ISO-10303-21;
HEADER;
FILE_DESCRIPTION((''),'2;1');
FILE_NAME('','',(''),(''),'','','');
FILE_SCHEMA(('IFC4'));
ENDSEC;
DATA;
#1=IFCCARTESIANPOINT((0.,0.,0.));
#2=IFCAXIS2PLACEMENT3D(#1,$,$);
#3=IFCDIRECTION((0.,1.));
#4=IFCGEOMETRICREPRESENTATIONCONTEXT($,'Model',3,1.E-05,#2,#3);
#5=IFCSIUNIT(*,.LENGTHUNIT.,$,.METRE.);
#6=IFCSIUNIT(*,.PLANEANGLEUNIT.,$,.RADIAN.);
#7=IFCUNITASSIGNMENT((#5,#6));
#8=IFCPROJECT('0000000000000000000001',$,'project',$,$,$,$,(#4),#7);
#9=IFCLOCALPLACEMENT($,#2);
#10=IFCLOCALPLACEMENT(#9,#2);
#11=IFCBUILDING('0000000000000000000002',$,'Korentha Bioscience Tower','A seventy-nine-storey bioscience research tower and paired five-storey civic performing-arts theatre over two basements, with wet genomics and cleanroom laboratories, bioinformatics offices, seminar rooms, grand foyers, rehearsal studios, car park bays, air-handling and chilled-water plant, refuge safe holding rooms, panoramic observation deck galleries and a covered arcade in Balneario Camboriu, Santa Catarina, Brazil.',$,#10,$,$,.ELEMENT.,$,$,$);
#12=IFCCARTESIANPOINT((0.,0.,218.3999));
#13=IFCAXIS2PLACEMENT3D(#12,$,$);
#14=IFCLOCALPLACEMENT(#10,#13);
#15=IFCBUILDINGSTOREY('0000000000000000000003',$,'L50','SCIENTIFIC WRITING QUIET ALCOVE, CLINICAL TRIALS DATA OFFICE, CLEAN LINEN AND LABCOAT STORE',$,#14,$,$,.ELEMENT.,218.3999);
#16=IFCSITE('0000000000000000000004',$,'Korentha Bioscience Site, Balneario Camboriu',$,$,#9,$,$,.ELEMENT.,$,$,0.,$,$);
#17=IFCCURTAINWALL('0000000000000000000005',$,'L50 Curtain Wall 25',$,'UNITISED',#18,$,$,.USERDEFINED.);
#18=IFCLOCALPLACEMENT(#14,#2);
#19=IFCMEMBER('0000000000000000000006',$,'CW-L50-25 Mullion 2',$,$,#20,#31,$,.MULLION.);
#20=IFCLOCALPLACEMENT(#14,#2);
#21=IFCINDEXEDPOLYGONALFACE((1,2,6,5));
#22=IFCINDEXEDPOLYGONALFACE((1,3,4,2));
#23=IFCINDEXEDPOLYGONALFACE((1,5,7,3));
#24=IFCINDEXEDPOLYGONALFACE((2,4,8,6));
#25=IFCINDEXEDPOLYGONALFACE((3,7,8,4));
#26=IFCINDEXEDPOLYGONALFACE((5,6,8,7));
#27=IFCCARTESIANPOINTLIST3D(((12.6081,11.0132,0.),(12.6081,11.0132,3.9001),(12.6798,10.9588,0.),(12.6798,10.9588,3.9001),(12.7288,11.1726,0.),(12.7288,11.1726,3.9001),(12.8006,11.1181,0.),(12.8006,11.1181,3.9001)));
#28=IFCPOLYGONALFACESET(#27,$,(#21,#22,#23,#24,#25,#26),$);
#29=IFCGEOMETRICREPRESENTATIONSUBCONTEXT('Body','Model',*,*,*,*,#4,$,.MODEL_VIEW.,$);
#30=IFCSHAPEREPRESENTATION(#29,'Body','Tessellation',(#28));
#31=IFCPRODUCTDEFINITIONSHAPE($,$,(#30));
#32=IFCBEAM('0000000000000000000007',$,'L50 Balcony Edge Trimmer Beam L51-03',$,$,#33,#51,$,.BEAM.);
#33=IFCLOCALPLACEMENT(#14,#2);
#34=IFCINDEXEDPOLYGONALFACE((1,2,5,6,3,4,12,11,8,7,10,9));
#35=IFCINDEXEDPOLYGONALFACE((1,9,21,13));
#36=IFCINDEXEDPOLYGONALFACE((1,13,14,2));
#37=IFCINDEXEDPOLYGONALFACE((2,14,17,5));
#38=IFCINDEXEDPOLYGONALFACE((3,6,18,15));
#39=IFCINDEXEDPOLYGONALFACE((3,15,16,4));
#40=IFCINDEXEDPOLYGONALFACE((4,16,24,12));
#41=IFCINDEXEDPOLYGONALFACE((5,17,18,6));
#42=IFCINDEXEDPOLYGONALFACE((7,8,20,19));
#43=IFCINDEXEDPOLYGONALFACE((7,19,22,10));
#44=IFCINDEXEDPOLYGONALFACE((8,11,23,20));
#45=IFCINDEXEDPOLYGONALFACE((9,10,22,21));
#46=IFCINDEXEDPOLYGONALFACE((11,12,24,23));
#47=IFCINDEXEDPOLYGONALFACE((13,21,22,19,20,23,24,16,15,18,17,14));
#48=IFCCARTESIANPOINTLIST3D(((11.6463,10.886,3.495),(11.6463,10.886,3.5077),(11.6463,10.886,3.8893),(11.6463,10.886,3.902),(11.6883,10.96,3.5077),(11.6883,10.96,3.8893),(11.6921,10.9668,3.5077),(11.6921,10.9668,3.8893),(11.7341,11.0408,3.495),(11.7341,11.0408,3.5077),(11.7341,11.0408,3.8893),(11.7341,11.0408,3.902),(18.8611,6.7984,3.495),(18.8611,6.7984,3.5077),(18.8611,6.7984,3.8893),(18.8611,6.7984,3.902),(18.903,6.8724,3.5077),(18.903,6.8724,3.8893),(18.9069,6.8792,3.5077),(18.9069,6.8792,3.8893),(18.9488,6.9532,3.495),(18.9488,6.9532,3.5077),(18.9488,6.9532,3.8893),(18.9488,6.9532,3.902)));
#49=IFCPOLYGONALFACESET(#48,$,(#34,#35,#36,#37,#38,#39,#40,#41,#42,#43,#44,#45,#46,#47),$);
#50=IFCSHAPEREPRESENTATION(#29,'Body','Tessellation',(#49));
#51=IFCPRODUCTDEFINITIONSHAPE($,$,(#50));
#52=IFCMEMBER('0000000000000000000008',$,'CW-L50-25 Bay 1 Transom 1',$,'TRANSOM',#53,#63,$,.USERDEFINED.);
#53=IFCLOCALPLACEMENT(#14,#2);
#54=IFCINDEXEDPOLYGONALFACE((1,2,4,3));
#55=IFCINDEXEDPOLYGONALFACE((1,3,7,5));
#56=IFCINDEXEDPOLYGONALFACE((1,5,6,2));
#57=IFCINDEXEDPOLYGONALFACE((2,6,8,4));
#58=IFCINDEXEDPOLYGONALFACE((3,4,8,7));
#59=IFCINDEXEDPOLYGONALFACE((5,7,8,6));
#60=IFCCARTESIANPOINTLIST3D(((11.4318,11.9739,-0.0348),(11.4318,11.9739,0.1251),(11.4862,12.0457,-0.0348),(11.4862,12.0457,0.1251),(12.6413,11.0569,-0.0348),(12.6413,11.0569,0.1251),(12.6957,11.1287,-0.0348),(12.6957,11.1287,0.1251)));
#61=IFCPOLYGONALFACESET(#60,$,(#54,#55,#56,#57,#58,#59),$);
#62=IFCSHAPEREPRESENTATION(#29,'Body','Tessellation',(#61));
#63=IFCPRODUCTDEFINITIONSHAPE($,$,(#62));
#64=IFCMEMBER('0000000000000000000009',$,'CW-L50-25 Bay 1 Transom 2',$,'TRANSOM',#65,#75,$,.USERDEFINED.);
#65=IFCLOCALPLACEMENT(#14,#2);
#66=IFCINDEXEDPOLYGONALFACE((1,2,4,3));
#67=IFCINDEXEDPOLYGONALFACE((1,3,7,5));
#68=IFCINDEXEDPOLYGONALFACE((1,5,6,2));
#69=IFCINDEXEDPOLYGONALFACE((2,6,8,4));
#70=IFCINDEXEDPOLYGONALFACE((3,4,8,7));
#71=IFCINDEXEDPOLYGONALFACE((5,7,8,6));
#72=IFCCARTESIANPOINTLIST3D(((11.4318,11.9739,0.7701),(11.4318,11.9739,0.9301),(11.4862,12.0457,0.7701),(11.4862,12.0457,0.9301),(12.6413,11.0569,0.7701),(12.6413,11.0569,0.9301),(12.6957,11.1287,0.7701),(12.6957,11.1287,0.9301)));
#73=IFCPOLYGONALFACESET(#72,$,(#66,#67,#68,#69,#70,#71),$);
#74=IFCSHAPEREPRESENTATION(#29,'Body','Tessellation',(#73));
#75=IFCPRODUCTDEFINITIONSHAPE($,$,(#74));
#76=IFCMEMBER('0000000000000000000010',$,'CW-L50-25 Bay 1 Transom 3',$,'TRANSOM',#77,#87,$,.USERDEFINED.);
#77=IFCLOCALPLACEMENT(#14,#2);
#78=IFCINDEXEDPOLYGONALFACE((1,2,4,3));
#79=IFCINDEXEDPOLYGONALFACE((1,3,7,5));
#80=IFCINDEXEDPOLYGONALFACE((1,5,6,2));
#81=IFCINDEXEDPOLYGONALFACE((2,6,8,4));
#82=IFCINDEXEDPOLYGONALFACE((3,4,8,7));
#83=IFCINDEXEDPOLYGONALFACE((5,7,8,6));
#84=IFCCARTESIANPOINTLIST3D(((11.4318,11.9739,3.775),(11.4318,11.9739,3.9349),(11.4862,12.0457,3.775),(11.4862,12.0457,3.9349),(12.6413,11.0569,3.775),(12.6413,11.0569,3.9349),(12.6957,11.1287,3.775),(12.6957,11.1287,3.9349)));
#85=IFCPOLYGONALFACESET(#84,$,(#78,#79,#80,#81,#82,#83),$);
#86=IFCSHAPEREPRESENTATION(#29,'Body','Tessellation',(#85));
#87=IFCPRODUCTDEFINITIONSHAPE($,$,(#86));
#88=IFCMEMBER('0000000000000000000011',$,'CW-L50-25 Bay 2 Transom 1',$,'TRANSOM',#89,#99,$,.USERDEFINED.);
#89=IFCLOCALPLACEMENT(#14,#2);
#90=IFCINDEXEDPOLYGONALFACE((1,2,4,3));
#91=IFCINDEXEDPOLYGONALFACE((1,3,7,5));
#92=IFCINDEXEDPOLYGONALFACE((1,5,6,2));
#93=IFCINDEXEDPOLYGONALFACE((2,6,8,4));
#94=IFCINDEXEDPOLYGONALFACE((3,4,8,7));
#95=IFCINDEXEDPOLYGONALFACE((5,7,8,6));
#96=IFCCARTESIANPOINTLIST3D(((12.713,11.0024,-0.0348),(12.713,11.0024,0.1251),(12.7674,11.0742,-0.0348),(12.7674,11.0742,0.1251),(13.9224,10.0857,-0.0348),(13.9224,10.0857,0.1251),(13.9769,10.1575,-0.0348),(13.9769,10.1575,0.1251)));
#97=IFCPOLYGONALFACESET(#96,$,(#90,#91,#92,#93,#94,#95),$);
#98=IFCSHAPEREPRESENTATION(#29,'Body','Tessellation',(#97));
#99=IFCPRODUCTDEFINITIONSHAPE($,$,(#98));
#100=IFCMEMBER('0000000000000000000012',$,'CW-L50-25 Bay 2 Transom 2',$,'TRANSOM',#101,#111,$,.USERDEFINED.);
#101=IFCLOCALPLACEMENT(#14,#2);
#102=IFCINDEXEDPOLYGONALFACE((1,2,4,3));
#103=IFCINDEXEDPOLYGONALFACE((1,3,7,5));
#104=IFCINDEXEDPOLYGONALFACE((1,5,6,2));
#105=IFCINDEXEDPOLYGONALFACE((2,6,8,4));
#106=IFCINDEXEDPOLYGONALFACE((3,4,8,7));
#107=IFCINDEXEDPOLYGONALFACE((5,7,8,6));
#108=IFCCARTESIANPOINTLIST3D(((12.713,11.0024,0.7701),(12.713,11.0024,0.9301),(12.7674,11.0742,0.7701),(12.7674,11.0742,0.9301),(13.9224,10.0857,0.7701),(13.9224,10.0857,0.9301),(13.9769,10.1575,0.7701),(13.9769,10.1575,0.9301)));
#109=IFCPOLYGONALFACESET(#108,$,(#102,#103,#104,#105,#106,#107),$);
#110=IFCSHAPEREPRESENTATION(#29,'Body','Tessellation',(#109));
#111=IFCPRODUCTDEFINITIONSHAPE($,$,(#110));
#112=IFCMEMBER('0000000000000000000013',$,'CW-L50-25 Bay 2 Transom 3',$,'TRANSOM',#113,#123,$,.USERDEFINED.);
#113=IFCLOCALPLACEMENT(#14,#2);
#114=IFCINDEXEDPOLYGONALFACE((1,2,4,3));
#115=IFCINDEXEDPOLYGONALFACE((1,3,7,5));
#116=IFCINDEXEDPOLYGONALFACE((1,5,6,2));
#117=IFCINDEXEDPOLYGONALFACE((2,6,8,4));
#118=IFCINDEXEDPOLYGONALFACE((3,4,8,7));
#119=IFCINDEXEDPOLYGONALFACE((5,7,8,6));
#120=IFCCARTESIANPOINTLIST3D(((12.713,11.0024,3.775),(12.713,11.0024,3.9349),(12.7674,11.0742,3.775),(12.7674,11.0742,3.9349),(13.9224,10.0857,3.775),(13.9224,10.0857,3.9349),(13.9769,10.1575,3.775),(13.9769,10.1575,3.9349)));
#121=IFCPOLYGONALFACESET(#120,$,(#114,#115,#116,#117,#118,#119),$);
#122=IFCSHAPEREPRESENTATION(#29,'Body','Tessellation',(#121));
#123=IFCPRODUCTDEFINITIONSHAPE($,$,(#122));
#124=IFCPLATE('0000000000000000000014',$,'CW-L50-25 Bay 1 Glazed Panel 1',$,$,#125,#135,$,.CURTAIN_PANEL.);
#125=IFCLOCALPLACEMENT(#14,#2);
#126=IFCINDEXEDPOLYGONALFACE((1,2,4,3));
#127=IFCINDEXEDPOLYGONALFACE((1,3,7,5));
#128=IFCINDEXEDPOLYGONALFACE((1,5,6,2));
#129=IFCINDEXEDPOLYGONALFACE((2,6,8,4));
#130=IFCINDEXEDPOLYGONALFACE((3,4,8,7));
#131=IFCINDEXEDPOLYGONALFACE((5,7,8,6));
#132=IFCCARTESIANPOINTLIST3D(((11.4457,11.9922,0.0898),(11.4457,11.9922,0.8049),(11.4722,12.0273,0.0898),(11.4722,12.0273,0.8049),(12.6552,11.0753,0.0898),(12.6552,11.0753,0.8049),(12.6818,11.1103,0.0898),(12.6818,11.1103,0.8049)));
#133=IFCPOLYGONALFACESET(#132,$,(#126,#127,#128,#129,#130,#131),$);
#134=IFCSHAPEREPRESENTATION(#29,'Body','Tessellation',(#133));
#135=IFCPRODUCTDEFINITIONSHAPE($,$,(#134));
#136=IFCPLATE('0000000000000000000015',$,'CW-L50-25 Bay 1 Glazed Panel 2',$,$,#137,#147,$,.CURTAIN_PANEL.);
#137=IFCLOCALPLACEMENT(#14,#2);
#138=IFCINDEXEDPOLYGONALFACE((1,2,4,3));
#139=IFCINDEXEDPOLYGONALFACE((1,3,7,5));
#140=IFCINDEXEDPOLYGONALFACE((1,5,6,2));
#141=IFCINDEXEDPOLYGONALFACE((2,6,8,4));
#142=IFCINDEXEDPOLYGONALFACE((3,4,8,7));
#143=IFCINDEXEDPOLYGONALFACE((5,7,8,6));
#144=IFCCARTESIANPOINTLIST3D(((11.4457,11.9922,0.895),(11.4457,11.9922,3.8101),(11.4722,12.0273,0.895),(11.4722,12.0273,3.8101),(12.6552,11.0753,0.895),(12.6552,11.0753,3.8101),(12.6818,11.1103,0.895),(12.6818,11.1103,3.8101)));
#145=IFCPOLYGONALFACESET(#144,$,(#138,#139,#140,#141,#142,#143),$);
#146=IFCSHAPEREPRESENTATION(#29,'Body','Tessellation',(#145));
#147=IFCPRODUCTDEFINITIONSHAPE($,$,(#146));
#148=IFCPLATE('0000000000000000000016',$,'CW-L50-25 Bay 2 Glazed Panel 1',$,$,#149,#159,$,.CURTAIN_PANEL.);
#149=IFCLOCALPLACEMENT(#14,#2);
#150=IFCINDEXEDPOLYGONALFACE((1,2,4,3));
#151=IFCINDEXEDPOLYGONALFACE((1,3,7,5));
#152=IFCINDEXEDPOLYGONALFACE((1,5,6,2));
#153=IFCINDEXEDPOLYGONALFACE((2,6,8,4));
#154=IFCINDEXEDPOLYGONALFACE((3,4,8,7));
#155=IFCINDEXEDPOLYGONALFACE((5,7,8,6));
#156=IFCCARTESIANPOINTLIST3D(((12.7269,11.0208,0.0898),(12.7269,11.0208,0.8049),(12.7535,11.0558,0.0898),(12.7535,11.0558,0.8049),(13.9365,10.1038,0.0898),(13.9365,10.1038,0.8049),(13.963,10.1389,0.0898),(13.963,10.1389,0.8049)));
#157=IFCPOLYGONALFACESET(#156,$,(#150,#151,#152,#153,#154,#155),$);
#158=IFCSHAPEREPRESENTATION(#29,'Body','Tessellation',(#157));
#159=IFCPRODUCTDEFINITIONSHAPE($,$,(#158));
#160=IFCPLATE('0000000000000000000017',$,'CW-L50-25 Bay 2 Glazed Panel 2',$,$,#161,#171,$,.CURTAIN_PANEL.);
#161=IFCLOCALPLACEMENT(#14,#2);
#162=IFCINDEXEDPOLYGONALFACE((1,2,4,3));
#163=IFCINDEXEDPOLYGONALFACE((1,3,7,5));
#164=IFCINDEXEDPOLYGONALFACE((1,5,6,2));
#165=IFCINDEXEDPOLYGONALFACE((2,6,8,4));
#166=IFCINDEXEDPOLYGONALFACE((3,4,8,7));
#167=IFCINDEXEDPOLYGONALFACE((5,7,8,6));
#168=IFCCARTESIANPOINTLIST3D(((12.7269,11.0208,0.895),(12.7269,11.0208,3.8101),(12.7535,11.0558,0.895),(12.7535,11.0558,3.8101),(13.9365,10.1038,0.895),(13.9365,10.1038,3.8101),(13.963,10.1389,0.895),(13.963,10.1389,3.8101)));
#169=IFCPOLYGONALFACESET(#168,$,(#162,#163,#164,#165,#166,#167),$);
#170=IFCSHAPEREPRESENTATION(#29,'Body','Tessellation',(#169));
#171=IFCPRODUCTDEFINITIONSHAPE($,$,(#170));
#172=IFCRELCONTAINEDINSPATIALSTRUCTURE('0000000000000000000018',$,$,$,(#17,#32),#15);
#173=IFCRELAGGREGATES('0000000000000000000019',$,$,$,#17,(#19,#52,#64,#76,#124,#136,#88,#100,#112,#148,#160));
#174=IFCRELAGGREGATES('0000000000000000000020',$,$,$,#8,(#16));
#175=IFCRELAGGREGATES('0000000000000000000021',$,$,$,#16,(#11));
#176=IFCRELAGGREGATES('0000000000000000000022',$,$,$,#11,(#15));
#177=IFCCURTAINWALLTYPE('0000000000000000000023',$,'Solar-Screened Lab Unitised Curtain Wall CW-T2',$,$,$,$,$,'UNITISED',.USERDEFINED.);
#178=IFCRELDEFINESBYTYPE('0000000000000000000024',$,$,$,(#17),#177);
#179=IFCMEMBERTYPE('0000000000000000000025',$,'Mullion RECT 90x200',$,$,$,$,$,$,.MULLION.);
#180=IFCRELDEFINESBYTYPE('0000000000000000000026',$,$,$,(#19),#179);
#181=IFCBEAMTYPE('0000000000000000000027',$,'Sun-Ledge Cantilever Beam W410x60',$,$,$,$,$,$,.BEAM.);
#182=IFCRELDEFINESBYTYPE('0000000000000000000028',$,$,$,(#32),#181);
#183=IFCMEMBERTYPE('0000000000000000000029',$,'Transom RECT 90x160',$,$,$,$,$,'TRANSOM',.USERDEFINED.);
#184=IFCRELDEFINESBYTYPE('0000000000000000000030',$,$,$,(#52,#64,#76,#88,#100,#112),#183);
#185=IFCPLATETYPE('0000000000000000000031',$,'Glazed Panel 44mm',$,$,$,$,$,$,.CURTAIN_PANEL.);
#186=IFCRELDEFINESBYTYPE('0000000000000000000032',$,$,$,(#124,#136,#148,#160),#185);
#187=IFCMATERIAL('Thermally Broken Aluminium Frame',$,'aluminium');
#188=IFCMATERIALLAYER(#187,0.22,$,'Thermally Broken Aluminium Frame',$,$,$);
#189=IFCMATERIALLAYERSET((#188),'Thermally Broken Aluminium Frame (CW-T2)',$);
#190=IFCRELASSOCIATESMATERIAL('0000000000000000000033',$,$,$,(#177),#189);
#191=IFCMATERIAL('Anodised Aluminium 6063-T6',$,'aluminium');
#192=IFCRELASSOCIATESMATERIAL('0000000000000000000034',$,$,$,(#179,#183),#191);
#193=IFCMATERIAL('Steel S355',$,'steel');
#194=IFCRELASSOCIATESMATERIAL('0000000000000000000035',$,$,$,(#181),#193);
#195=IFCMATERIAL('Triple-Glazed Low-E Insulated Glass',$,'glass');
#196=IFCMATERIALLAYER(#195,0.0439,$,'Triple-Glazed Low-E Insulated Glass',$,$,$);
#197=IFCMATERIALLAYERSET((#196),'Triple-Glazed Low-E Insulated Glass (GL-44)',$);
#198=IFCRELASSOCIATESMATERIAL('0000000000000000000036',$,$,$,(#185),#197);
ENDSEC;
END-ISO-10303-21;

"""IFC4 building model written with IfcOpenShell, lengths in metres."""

from ifc_helpers import new_model, si_unit, direction, frame, origin, origin_2d, place, context, subcontext, project, spatial, rectangle, i_section, extrude, material, layer, layer_set, material_profile, profile_set, type_object, element, aggregate, save


model = new_model("IFC4")

# Units and contexts
model_context = context("Model", 3, precision=1e-05, world=origin(), true_north=direction((0.0, 1.0)))
body_context = subcontext(model_context, "Body", "Model", "MODEL_VIEW")
ifc_project = project(units=[si_unit("LENGTHUNIT", "METRE"), si_unit("PLANEANGLEUNIT", "RADIAN")], contexts=[model_context])

# Site, building, storey
site_placement = place(None, origin())
site = spatial("IfcSite", under=ifc_project, at=site_placement, Name="Korentha Bioscience Site, Balneario Camboriu", CompositionType="ELEMENT", RefElevation=0.0)
building_placement = place(site_placement, origin())
building = spatial("IfcBuilding", under=site, at=building_placement, Name="Korentha Bioscience Tower", Description="A seventy-nine-storey bioscience research tower and paired five-storey civic performing-arts theatre over two basements, with wet genomics and cleanroom laboratories, bioinformatics offices, seminar rooms, grand foyers, rehearsal studios, car park bays, air-handling and chilled-water plant, refuge safe holding rooms, panoramic observation deck galleries and a covered arcade in Balneario Camboriu, Santa Catarina, Brazil.", CompositionType="ELEMENT")
storey_placement = place(building_placement, frame((0.0, 0.0, 218.3999)))
storey = spatial("IfcBuildingStorey", under=building, at=storey_placement, Name="L50", Description="SCIENTIFIC WRITING QUIET ALCOVE, CLINICAL TRIALS DATA OFFICE, CLEAN LINEN AND LABCOAT STORE", CompositionType="ELEMENT", Elevation=218.3999)

# Curtain wall, member
ifc_material_1 = material(Name="Thermally Broken Aluminium Frame", Category="aluminium")
ifc_layer_1 = layer(ifc_material_1, 0.22, Name="Thermally Broken Aluminium Frame")
ifc_layer_set_1 = layer_set([ifc_layer_1], Name="Thermally Broken Aluminium Frame (CW-T2)")
curtain_wall_type = type_object("IfcCurtainWallType", Name="Solar-Screened Lab Unitised Curtain Wall CW-T2", ElementType="UNITISED", PredefinedType="USERDEFINED", material=ifc_layer_set_1)
curtain_wall_placement = place(storey_placement, origin())
curtain_wall = element("IfcCurtainWall", 1, at=curtain_wall_placement, inside=storey, type_object=curtain_wall_type, Name="L50 Curtain Wall 25", ObjectType="UNITISED", PredefinedType="USERDEFINED")
ifc_material_2 = material(Name="Anodised Aluminium 6063-T6", Category="aluminium")
ifc_material_profile_1 = material_profile(ifc_material_2, rectangle(XDim=0.0901, YDim=0.2, at=origin_2d()), Name="Anodised Aluminium 6063-T6")
ifc_profile_set_1 = profile_set([ifc_material_profile_1], Name="Anodised Aluminium 6063-T6 (CW-MUL)")
member_type_1 = type_object("IfcMemberType", Name="Mullion RECT 90x200", PredefinedType="MULLION", material=ifc_profile_set_1)
member_1_placement = place(storey_placement, frame((12.7043, 11.0657, 0.0), z_axis=(0.0, 0.0, 1.0), x_axis=(0.796889, -0.604126, 0.0)))
member_1 = element("IfcMember", 2, at=member_1_placement, type_object=member_type_1, Name="CW-L50-25 Mullion 2", PredefinedType="MULLION", context=body_context, shape_type="SweptSolid", body=[
    extrude(rectangle(XDim=0.0901, YDim=0.2, at=origin_2d()), origin(), (0.0, 0.0, 1.0), 3.9001),
])

# Beam
ifc_material_3 = material(Name="Steel S355", Category="steel")
ifc_material_profile_2 = material_profile(ifc_material_3, i_section(OverallWidth=0.178, OverallDepth=0.407, WebThickness=0.0078, FlangeThickness=0.0127, at=origin_2d()), Name="Steel S355")
ifc_profile_set_2 = profile_set([ifc_material_profile_2], Name="Steel S355 (CB-410)")
beam_type = type_object("IfcBeamType", Name="Sun-Ledge Cantilever Beam W410x60", PredefinedType="BEAM", material=ifc_profile_set_2)
beam_placement = place(storey_placement, frame((11.6902, 10.9634, 3.6985), z_axis=(0.870062, -0.492943, 0.0), x_axis=(0.492943, 0.870062, 0.0)))
element("IfcBeam", 3, at=beam_placement, inside=storey, type_object=beam_type, Name="L50 Balcony Edge Trimmer Beam L51-03", PredefinedType="BEAM", context=body_context, shape_type="SweptSolid", body=[
    extrude(i_section(OverallWidth=0.178, OverallDepth=0.407, WebThickness=0.0078, FlangeThickness=0.0127, at=origin_2d()), origin(), (0.0, 0.0, 1.0), 8.2922),
])

# Members
ifc_material_profile_3 = material_profile(ifc_material_2, rectangle(XDim=0.0901, YDim=0.1599, at=origin_2d()), Name="Anodised Aluminium 6063-T6")
ifc_profile_set_3 = profile_set([ifc_material_profile_3], Name="Anodised Aluminium 6063-T6 (CW-TRN)")
member_type_2 = type_object("IfcMemberType", Name="Transom RECT 90x160", ElementType="TRANSOM", PredefinedType="USERDEFINED", material=ifc_profile_set_3)
member_2_placement = place(storey_placement, frame((11.459, 12.0098, 0.0452), z_axis=(0.796862, -0.604161, 0.0), x_axis=(0.604161, 0.796862, 0.0)))
member_2 = element("IfcMember", 4, at=member_2_placement, type_object=member_type_2, Name="CW-L50-25 Bay 1 Transom 1", ObjectType="TRANSOM", PredefinedType="USERDEFINED", context=body_context, shape_type="SweptSolid", body=[
    extrude(rectangle(XDim=0.0901, YDim=0.1599, at=origin_2d()), origin(), (0.0, 0.0, 1.0), 1.5178),
])
member_3_placement = place(storey_placement, frame((11.459, 12.0098, 0.8501), z_axis=(0.796862, -0.604161, 0.0), x_axis=(0.604161, 0.796862, 0.0)))
member_3 = element("IfcMember", 5, at=member_3_placement, type_object=member_type_2, Name="CW-L50-25 Bay 1 Transom 2", ObjectType="TRANSOM", PredefinedType="USERDEFINED", context=body_context, shape_type="SweptSolid", body=[
    extrude(rectangle(XDim=0.0901, YDim=0.1599, at=origin_2d()), origin(), (0.0, 0.0, 1.0), 1.5178),
])
member_4_placement = place(storey_placement, frame((11.459, 12.0098, 3.855), z_axis=(0.796862, -0.604161, 0.0), x_axis=(0.604161, 0.796862, 0.0)))
member_4 = element("IfcMember", 6, at=member_4_placement, type_object=member_type_2, Name="CW-L50-25 Bay 1 Transom 3", ObjectType="TRANSOM", PredefinedType="USERDEFINED", context=body_context, shape_type="SweptSolid", body=[
    extrude(rectangle(XDim=0.0901, YDim=0.1599, at=origin_2d()), origin(), (0.0, 0.0, 1.0), 1.5178),
])
member_5_placement = place(storey_placement, frame((12.7402, 11.0383, 0.0452), z_axis=(0.79694, -0.604059, 0.0), x_axis=(0.604059, 0.79694, 0.0)))
member_5 = element("IfcMember", 7, at=member_5_placement, type_object=member_type_2, Name="CW-L50-25 Bay 2 Transom 1", ObjectType="TRANSOM", PredefinedType="USERDEFINED", context=body_context, shape_type="SweptSolid", body=[
    extrude(rectangle(XDim=0.0901, YDim=0.1599, at=origin_2d()), origin(), (0.0, 0.0, 1.0), 1.5176),
])
member_6_placement = place(storey_placement, frame((12.7402, 11.0383, 0.8501), z_axis=(0.79694, -0.604059, 0.0), x_axis=(0.604059, 0.79694, 0.0)))
member_6 = element("IfcMember", 8, at=member_6_placement, type_object=member_type_2, Name="CW-L50-25 Bay 2 Transom 2", ObjectType="TRANSOM", PredefinedType="USERDEFINED", context=body_context, shape_type="SweptSolid", body=[
    extrude(rectangle(XDim=0.0901, YDim=0.1599, at=origin_2d()), origin(), (0.0, 0.0, 1.0), 1.5176),
])
member_7_placement = place(storey_placement, frame((12.7402, 11.0383, 3.855), z_axis=(0.79694, -0.604059, 0.0), x_axis=(0.604059, 0.79694, 0.0)))
member_7 = element("IfcMember", 9, at=member_7_placement, type_object=member_type_2, Name="CW-L50-25 Bay 2 Transom 3", ObjectType="TRANSOM", PredefinedType="USERDEFINED", context=body_context, shape_type="SweptSolid", body=[
    extrude(rectangle(XDim=0.0901, YDim=0.1599, at=origin_2d()), origin(), (0.0, 0.0, 1.0), 1.5176),
])

# Plates
ifc_material_4 = material(Name="Triple-Glazed Low-E Insulated Glass", Category="glass")
ifc_layer_2 = layer(ifc_material_4, 0.0439, Name="Triple-Glazed Low-E Insulated Glass")
ifc_layer_set_2 = layer_set([ifc_layer_2], Name="Triple-Glazed Low-E Insulated Glass (GL-44)")
plate_type = type_object("IfcPlateType", Name="Glazed Panel 44mm", PredefinedType="CURTAIN_PANEL", material=ifc_layer_set_2)
plate_1_placement = place(storey_placement, frame((12.0637, 11.5513, 0.0898), z_axis=(0.0, 0.0, 1.0), x_axis=(0.796889, -0.604126, 0.0)))
plate_1 = element("IfcPlate", 10, at=plate_1_placement, type_object=plate_type, Name="CW-L50-25 Bay 1 Glazed Panel 1", PredefinedType="CURTAIN_PANEL", context=body_context, shape_type="SweptSolid", body=[
    extrude(rectangle(XDim=1.5178, YDim=0.0439, at=origin_2d()), origin(), (0.0, 0.0, 1.0), 0.7151),
])
plate_2_placement = place(storey_placement, frame((12.0637, 11.5513, 0.895), z_axis=(0.0, 0.0, 1.0), x_axis=(0.796889, -0.604126, 0.0)))
plate_2 = element("IfcPlate", 11, at=plate_2_placement, type_object=plate_type, Name="CW-L50-25 Bay 1 Glazed Panel 2", PredefinedType="CURTAIN_PANEL", context=body_context, shape_type="SweptSolid", body=[
    extrude(rectangle(XDim=1.5178, YDim=0.0439, at=origin_2d()), origin(), (0.0, 0.0, 1.0), 2.915),
])
plate_3_placement = place(storey_placement, frame((13.345, 10.5798, 0.0898), z_axis=(0.0, 0.0, 1.0), x_axis=(0.796889, -0.604126, 0.0)))
plate_3 = element("IfcPlate", 12, at=plate_3_placement, type_object=plate_type, Name="CW-L50-25 Bay 2 Glazed Panel 1", PredefinedType="CURTAIN_PANEL", context=body_context, shape_type="SweptSolid", body=[
    extrude(rectangle(XDim=1.5178, YDim=0.0439, at=origin_2d()), origin(), (0.0, 0.0, 1.0), 0.7151),
])
plate_4_placement = place(storey_placement, frame((13.345, 10.5798, 0.895), z_axis=(0.0, 0.0, 1.0), x_axis=(0.796889, -0.604126, 0.0)))
plate_4 = element("IfcPlate", 13, at=plate_4_placement, type_object=plate_type, Name="CW-L50-25 Bay 2 Glazed Panel 2", PredefinedType="CURTAIN_PANEL", context=body_context, shape_type="SweptSolid", body=[
    extrude(rectangle(XDim=1.5178, YDim=0.0439, at=origin_2d()), origin(), (0.0, 0.0, 1.0), 2.915),
])
aggregate(curtain_wall, [member_1, member_2, member_3, member_4, plate_1, plate_2, member_5, member_6, member_7, plate_3, plate_4])

save(model, "model.ifc")
